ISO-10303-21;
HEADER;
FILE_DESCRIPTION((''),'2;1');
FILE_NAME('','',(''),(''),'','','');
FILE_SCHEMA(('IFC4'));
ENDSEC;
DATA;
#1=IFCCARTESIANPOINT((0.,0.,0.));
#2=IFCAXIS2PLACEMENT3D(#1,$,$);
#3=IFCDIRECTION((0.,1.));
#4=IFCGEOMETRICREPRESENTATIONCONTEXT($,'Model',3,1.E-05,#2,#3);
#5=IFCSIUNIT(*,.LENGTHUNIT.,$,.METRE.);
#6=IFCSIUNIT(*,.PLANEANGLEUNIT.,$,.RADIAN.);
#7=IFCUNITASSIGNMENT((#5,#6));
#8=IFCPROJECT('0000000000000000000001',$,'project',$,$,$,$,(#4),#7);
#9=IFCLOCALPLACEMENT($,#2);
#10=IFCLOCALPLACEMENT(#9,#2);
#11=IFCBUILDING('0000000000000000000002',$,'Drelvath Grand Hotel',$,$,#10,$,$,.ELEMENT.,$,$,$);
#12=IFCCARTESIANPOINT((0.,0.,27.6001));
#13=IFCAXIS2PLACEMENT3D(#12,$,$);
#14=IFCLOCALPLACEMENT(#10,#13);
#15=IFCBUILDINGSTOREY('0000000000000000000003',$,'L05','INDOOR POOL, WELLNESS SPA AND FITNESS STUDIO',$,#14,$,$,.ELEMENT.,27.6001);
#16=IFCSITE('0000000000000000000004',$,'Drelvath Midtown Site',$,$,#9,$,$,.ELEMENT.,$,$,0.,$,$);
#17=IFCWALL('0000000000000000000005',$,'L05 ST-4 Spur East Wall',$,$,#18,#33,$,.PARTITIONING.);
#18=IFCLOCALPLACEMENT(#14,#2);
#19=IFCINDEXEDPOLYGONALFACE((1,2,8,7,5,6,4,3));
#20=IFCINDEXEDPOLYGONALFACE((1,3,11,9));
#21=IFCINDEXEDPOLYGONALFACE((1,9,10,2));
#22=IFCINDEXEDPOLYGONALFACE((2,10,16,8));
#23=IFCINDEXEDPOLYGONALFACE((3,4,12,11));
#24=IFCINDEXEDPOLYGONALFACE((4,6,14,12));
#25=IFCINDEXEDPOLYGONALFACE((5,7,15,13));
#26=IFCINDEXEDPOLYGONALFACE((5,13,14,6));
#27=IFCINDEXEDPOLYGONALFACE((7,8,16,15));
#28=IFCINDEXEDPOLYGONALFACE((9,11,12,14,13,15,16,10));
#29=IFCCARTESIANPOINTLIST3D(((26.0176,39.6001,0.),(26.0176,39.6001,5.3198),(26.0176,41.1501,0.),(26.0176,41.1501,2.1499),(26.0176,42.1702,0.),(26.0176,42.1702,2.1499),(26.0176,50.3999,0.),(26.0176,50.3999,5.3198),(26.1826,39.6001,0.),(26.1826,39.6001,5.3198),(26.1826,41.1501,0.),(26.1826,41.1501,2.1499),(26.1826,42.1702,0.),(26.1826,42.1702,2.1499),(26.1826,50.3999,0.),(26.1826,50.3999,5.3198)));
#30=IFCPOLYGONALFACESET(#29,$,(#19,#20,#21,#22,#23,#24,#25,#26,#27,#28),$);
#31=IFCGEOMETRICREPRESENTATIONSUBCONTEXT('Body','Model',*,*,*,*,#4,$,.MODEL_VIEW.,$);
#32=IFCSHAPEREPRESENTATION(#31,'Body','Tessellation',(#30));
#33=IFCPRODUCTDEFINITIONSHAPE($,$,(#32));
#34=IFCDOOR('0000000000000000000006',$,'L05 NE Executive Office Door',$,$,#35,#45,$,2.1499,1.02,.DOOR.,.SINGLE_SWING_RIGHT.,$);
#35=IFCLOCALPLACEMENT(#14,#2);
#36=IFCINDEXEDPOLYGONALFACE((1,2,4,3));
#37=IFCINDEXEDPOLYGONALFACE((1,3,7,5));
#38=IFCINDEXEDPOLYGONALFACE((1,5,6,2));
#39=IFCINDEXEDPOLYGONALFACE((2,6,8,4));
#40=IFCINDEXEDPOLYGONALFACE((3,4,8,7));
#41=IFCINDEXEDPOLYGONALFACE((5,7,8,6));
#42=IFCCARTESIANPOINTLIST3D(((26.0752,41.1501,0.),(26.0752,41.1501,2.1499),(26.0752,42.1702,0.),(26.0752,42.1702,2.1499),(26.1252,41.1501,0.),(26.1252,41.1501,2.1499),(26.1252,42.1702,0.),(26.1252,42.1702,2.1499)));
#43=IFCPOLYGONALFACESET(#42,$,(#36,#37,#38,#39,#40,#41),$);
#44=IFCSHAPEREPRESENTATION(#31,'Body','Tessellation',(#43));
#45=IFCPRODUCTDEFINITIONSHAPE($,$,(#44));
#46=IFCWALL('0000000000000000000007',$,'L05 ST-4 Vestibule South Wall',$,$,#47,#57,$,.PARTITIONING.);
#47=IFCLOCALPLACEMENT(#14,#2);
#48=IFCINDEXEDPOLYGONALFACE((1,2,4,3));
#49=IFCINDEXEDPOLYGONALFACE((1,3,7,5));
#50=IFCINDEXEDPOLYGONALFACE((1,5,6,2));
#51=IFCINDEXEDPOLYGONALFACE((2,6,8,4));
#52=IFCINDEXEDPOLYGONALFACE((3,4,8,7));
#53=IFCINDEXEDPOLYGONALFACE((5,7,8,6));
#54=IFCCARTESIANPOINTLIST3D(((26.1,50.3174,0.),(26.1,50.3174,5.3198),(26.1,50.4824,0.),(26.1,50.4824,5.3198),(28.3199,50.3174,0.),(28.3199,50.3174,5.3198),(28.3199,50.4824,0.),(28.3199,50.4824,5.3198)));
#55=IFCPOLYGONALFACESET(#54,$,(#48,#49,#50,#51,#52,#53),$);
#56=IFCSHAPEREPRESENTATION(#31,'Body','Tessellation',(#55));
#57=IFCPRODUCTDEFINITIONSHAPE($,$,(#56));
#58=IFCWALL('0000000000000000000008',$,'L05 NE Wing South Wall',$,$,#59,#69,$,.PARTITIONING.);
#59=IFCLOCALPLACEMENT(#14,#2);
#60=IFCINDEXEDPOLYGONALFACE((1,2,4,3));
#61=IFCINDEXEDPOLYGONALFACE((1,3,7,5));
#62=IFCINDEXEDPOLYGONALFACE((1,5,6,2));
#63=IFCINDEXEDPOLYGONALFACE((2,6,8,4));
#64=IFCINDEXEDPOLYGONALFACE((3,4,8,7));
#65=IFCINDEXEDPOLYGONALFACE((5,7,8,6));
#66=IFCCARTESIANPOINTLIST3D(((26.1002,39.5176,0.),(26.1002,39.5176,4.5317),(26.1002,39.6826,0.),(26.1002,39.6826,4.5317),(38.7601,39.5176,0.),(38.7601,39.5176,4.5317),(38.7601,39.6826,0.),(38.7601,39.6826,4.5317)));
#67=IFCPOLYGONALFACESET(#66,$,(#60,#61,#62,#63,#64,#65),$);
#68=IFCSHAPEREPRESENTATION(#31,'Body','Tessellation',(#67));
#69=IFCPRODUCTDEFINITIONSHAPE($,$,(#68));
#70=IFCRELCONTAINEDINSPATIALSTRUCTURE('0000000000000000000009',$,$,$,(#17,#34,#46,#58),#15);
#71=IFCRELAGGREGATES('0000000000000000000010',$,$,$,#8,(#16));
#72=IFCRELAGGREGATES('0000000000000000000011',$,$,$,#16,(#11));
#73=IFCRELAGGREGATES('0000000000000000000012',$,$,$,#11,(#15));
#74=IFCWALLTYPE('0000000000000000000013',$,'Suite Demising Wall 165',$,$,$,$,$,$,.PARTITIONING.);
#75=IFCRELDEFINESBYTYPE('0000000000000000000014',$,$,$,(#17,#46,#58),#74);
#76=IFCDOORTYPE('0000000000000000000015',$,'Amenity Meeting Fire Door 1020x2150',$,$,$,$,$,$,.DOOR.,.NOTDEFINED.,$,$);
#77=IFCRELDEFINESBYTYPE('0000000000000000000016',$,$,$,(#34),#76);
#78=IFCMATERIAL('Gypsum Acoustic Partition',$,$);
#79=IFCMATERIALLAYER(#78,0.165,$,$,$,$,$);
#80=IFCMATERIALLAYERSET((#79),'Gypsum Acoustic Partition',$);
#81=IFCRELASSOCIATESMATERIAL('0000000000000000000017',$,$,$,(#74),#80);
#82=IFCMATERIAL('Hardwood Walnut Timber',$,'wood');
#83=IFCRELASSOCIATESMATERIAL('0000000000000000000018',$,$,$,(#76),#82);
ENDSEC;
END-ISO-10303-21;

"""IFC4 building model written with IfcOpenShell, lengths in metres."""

from ifc_helpers import new_model, si_unit, direction, frame, frame_2d, origin, place, context, subcontext, project, spatial, rectangle, extrude, material, layer, layer_set, type_object, element, fill, save


model = new_model("IFC4")

# Units and contexts
model_context = context("Model", 3, precision=1e-05, world=origin(), true_north=direction((0.0, 1.0)))
body_context = subcontext(model_context, "Body", "Model", "MODEL_VIEW")
ifc_project = project(units=[si_unit("LENGTHUNIT", "METRE"), si_unit("PLANEANGLEUNIT", "RADIAN")], contexts=[model_context])

# Site, building, storey
site_placement = place(None, origin())
site = spatial("IfcSite", under=ifc_project, at=site_placement, Name="Drelvath Midtown Site", CompositionType="ELEMENT", RefElevation=0.0)
building_placement = place(site_placement, origin())
building = spatial("IfcBuilding", under=site, at=building_placement, Name="Drelvath Grand Hotel", CompositionType="ELEMENT")
storey_placement = place(building_placement, frame((0.0, 0.0, 27.6001)))
storey = spatial("IfcBuildingStorey", under=building, at=storey_placement, Name="L05", Description="INDOOR POOL, WELLNESS SPA AND FITNESS STUDIO", CompositionType="ELEMENT", Elevation=27.6001)

# Shared definitions
ifc_material_1 = material(Name="Gypsum Acoustic Partition")

# Wall, opening, door
ifc_layer_1 = layer(ifc_material_1, 0.165)
ifc_layer_set_1 = layer_set([ifc_layer_1], Name="Gypsum Acoustic Partition")
wall_type_1 = type_object("IfcWallType", Name="Suite Demising Wall 165", PredefinedType="PARTITIONING", material=ifc_layer_set_1)
ifc_material_2 = material(Name="Hardwood Walnut Timber", Category="wood")
door_type = type_object("IfcDoorType", Name="Amenity Meeting Fire Door 1020x2150", OperationType="NOTDEFINED", PredefinedType="DOOR", material=ifc_material_2)
wall_1_placement = place(storey_placement, frame((26.1001, 39.6001, 0.0), z_axis=(0.0, 0.0, 1.0), x_axis=(0.0, 1.0, 0.0)))
wall_1 = element("IfcWall", 1, at=wall_1_placement, inside=storey, type_object=wall_type_1, Name="L05 ST-4 Spur East Wall", PredefinedType="PARTITIONING", context=body_context, shape_type="SweptSolid", body=[
    extrude(rectangle(XDim=10.7998, YDim=0.165, at=frame_2d((5.3999, 0.0))), origin(), (0.0, 0.0, 1.0), 5.3198),
])
opening_1_placement = place(wall_1_placement, frame((1.55, 0.0, 0.0)))
opening_1 = element("IfcOpeningElement", 2, at=opening_1_placement, cuts=wall_1, PredefinedType="OPENING", context=body_context, shape_type="SweptSolid", body=[
    extrude(rectangle(XDim=1.02, YDim=2.1499, at=frame_2d((0.51, 1.075))), frame((0.0, 0.0925, 0.0), z_axis=(0.0, -1.0, 0.0), x_axis=(1.0, 0.0, 0.0)), (0.0, 0.0, 1.0), 0.1851),
])
door_1_placement = place(opening_1_placement, origin())
door_1 = element("IfcDoor", 3, at=door_1_placement, inside=storey, type_object=door_type, Name="L05 NE Executive Office Door", OperationType="SINGLE_SWING_RIGHT", OverallHeight=2.1499, OverallWidth=1.02, PredefinedType="DOOR", context=body_context, shape_type="SweptSolid", body=[
    extrude(rectangle(XDim=1.02, YDim=2.1499, at=frame_2d((0.51, 1.075))), frame((0.0, 0.0249, 0.0), z_axis=(0.0, -1.0, 0.0), x_axis=(1.0, 0.0, 0.0)), (0.0, 0.0, 1.0), 0.05),
])
fill(opening_1, door_1)

# Walls
wall_2_placement = place(storey_placement, frame((26.1001, 50.3999, 0.0), z_axis=(0.0, 0.0, 1.0), x_axis=(1.0, 0.0, 0.0)))
element("IfcWall", 4, at=wall_2_placement, inside=storey, type_object=wall_type_1, Name="L05 ST-4 Vestibule South Wall", PredefinedType="PARTITIONING", context=body_context, shape_type="SweptSolid", body=[
    extrude(rectangle(XDim=2.22, YDim=0.165, at=frame_2d((1.1099, 0.0))), origin(), (0.0, 0.0, 1.0), 5.3198),
])
wall_3_placement = place(storey_placement, frame((26.1001, 39.6001, 0.0), z_axis=(0.0, 0.0, 1.0), x_axis=(1.0, 0.0, 0.0)))
element("IfcWall", 5, at=wall_3_placement, inside=storey, type_object=wall_type_1, Name="L05 NE Wing South Wall", PredefinedType="PARTITIONING", context=body_context, shape_type="SweptSolid", body=[
    extrude(rectangle(XDim=12.6599, YDim=0.165, at=frame_2d((6.3301, 0.0))), origin(), (0.0, 0.0, 1.0), 4.5317),
])

save(model, "model.ifc")
